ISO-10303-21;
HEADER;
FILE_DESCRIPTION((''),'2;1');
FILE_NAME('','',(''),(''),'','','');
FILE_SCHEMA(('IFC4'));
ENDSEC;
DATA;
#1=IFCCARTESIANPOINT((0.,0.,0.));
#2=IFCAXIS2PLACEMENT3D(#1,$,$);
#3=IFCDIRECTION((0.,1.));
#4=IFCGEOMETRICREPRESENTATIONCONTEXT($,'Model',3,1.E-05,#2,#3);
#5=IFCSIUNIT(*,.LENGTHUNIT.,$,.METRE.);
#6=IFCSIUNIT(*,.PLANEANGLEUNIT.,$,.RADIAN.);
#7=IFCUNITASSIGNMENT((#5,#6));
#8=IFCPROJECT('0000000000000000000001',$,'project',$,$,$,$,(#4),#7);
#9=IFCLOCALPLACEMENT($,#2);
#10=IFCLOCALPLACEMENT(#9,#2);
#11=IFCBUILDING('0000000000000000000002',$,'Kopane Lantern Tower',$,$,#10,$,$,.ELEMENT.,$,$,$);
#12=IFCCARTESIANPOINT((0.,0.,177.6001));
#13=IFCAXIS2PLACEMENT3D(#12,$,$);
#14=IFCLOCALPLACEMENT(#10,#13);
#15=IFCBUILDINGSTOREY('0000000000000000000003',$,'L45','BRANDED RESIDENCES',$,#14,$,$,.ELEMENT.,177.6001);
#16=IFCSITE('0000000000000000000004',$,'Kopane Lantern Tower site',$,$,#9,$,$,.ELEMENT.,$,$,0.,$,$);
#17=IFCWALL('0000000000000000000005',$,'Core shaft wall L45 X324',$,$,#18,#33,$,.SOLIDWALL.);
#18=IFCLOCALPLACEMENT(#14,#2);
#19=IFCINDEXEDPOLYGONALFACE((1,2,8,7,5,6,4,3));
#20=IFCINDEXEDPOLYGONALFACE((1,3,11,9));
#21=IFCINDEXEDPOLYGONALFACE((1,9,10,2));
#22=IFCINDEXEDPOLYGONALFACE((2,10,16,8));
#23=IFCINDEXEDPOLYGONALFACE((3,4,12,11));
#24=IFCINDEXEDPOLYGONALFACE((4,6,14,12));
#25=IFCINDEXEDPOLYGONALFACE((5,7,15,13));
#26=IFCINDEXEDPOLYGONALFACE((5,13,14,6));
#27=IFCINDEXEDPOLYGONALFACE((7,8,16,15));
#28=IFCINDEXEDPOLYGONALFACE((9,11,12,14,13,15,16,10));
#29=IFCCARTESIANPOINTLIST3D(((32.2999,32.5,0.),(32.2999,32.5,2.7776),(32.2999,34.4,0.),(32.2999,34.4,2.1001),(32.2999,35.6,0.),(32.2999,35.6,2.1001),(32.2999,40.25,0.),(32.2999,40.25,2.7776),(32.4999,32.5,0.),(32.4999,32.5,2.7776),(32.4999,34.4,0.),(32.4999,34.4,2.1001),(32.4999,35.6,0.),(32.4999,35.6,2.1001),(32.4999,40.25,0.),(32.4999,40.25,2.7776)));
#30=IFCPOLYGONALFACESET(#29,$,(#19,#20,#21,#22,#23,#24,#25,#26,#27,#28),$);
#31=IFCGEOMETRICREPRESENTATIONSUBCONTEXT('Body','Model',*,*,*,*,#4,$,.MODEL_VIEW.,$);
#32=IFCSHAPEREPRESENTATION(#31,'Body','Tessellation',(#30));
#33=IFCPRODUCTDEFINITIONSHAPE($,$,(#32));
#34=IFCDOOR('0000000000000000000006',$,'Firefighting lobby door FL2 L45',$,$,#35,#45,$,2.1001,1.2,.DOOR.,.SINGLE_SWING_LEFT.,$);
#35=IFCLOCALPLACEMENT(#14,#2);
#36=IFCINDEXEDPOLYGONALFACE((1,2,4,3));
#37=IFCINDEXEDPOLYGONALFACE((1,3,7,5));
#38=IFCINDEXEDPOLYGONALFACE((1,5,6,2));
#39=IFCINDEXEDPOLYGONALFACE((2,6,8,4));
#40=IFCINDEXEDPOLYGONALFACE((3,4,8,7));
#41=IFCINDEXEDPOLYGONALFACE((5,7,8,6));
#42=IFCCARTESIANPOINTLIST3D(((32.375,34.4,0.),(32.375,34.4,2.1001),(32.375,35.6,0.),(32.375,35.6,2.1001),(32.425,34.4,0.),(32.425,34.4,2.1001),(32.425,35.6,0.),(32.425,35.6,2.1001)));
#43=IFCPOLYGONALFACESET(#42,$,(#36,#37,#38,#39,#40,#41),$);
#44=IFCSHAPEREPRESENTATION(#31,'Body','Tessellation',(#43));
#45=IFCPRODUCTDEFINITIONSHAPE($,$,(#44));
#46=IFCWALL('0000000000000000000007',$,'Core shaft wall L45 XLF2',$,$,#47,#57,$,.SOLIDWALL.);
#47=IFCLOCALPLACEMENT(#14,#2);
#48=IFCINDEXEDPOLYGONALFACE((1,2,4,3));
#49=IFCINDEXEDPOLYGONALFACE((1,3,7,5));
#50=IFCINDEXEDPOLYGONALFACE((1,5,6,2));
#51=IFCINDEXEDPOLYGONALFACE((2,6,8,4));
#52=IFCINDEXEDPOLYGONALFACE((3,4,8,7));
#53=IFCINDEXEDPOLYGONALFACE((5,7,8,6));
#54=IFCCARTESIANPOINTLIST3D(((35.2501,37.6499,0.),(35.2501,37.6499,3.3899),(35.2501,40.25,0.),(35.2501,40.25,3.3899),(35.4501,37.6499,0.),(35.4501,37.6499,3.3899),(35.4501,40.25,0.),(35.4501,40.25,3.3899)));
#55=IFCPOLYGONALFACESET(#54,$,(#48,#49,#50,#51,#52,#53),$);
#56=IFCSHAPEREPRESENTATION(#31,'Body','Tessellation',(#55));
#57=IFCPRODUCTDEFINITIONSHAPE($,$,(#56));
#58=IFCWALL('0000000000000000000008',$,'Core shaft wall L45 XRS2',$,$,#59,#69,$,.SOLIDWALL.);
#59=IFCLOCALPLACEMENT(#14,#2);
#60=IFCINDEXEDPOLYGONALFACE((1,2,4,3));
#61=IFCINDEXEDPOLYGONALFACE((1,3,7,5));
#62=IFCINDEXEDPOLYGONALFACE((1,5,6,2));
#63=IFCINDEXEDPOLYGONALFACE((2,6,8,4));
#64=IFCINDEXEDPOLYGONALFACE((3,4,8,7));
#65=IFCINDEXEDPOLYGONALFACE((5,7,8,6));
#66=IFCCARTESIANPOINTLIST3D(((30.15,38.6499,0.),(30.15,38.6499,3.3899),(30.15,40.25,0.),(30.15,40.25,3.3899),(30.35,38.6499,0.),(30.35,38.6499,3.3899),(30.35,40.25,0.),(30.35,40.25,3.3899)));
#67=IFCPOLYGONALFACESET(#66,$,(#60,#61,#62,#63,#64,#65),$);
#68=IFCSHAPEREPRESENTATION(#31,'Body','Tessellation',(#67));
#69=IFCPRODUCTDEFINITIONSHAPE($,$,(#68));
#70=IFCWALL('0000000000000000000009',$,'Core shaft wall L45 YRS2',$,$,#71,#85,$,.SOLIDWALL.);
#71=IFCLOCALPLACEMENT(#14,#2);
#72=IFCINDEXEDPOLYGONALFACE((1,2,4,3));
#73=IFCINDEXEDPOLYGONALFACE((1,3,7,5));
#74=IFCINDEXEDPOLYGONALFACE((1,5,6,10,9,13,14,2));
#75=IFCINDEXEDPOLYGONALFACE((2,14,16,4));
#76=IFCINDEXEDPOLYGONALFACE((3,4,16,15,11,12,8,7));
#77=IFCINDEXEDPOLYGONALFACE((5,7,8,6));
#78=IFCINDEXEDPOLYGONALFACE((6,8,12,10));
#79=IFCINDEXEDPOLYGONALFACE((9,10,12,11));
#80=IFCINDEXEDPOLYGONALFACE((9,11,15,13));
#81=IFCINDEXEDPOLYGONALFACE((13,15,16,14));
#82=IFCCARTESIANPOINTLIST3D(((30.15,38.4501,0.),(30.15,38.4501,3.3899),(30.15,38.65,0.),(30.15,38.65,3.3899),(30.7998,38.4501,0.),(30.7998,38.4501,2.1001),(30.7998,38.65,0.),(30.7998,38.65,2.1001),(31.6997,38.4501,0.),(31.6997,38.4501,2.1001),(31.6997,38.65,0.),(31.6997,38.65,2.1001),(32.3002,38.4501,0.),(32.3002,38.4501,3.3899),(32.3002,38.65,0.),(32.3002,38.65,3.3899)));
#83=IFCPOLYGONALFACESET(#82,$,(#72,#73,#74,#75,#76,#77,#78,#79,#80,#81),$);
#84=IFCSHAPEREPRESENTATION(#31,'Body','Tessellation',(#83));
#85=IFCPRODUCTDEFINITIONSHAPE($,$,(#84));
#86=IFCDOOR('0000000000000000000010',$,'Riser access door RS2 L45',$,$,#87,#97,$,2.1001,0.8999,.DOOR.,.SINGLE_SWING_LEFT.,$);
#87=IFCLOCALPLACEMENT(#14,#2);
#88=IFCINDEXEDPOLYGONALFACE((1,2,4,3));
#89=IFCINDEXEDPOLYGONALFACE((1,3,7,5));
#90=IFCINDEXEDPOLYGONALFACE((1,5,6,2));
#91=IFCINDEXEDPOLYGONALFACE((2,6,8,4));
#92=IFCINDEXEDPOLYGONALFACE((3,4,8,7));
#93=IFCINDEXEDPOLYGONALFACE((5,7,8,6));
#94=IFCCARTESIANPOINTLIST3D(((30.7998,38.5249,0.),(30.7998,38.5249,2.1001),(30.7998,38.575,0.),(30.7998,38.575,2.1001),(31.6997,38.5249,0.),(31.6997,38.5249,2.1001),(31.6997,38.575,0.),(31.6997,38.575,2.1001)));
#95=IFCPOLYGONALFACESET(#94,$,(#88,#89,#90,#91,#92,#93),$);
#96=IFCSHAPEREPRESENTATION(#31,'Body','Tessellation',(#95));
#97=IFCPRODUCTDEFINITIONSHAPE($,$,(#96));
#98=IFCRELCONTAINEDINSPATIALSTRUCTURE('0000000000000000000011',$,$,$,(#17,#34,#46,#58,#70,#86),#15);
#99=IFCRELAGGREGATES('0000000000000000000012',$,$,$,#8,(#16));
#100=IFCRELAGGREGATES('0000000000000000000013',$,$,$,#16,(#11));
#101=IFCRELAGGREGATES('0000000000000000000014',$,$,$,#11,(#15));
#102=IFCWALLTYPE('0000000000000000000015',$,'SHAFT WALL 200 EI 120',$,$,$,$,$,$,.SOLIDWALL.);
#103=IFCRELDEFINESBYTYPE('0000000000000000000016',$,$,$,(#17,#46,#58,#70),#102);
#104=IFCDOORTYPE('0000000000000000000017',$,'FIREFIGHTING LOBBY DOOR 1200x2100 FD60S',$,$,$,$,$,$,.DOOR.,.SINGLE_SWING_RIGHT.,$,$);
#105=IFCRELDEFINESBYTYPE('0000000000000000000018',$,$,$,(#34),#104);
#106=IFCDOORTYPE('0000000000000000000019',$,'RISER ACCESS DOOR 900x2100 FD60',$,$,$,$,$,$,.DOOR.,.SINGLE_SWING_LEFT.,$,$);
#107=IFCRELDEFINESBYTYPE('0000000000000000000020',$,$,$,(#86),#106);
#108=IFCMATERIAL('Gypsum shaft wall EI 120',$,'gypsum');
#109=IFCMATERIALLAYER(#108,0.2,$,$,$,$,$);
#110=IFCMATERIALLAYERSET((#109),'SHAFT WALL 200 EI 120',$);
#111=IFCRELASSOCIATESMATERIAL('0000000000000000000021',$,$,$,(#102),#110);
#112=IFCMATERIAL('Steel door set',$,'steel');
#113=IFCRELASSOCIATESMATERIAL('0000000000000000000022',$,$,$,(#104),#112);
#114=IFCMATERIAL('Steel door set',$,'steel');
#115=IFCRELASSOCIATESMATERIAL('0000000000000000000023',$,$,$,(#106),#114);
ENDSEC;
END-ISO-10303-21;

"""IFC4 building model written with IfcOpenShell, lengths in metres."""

from ifc_helpers import new_model, si_unit, direction, frame, frame_2d, origin, place, context, subcontext, project, spatial, rectangle, extrude, material, layer, layer_set, type_object, element, fill, save


model = new_model("IFC4")

# Units and contexts
model_context = context("Model", 3, precision=1e-05, world=origin(), true_north=direction((0.0, 1.0)))
body_context = subcontext(model_context, "Body", "Model", "MODEL_VIEW")
ifc_project = project(units=[si_unit("LENGTHUNIT", "METRE"), si_unit("PLANEANGLEUNIT", "RADIAN")], contexts=[model_context])

# Site, building, storey
site_placement = place(None, origin())
site = spatial("IfcSite", under=ifc_project, at=site_placement, Name="Kopane Lantern Tower site", CompositionType="ELEMENT", RefElevation=0.0)
building_placement = place(site_placement, origin())
building = spatial("IfcBuilding", under=site, at=building_placement, Name="Kopane Lantern Tower", CompositionType="ELEMENT")
storey_placement = place(building_placement, frame((0.0, 0.0, 177.6001)))
storey = spatial("IfcBuildingStorey", under=building, at=storey_placement, Name="L45", Description="BRANDED RESIDENCES", CompositionType="ELEMENT", Elevation=177.6001)

# Shared definitions
ifc_material_1 = material(Name="Gypsum shaft wall EI 120", Category="gypsum")
ifc_layer_1 = layer(ifc_material_1, 0.2)
ifc_layer_set_1 = layer_set([ifc_layer_1], Name="SHAFT WALL 200 EI 120")
wall_type_1 = type_object("IfcWallType", Name="SHAFT WALL 200 EI 120", PredefinedType="SOLIDWALL", material=ifc_layer_set_1)

# Wall, opening, door
wall_1_placement = place(storey_placement, frame((32.3999, 32.5, 0.0), z_axis=(0.0, 0.0, 1.0), x_axis=(0.0, 1.0, 0.0)))
wall_1 = element("IfcWall", 1, at=wall_1_placement, inside=storey, type_object=wall_type_1, Name="Core shaft wall L45 X324", PredefinedType="SOLIDWALL", context=body_context, shape_type="SweptSolid", body=[
    extrude(rectangle(XDim=7.75, YDim=0.2, at=frame_2d((3.875, 0.0))), origin(), (0.0, 0.0, 1.0), 2.7776),
])
opening_1_placement = place(wall_1_placement, frame((1.8999, 0.0, 0.0)))
opening_1 = element("IfcOpeningElement", 2, at=opening_1_placement, cuts=wall_1, PredefinedType="OPENING", context=body_context, shape_type="SweptSolid", body=[
    extrude(rectangle(XDim=1.2, YDim=2.1001, at=frame_2d((0.6001, 1.05))), frame((0.0, 0.1099, 0.0), z_axis=(0.0, -1.0, 0.0), x_axis=(1.0, 0.0, 0.0)), (0.0, 0.0, 1.0), 0.22),
])
ifc_material_2 = material(Name="Steel door set", Category="steel")
door_type_1 = type_object("IfcDoorType", Name="FIREFIGHTING LOBBY DOOR 1200x2100 FD60S", OperationType="SINGLE_SWING_RIGHT", PredefinedType="DOOR", material=ifc_material_2)
door_1_placement = place(opening_1_placement, origin())
door_1 = element("IfcDoor", 3, at=door_1_placement, inside=storey, type_object=door_type_1, Name="Firefighting lobby door FL2 L45", OperationType="SINGLE_SWING_LEFT", OverallHeight=2.1001, OverallWidth=1.2, PredefinedType="DOOR", context=body_context, shape_type="SweptSolid", body=[
    extrude(rectangle(XDim=1.2, YDim=2.1001, at=frame_2d((0.6001, 1.05))), frame((0.0, 0.0249, 0.0), z_axis=(0.0, -1.0, 0.0), x_axis=(1.0, 0.0, 0.0)), (0.0, 0.0, 1.0), 0.05),
])
fill(opening_1, door_1)

# Walls
wall_2_placement = place(storey_placement, frame((35.3501, 37.6499, 0.0), z_axis=(0.0, 0.0, 1.0), x_axis=(0.0, 1.0, 0.0)))
element("IfcWall", 4, at=wall_2_placement, inside=storey, type_object=wall_type_1, Name="Core shaft wall L45 XLF2", PredefinedType="SOLIDWALL", context=body_context, shape_type="SweptSolid", body=[
    extrude(rectangle(XDim=2.6001, YDim=0.2, at=frame_2d((1.3, 0.0))), origin(), (0.0, 0.0, 1.0), 3.3899),
])
wall_3_placement = place(storey_placement, frame((30.25, 38.6499, 0.0), z_axis=(0.0, 0.0, 1.0), x_axis=(0.0, 1.0, 0.0)))
element("IfcWall", 5, at=wall_3_placement, inside=storey, type_object=wall_type_1, Name="Core shaft wall L45 XRS2", PredefinedType="SOLIDWALL", context=body_context, shape_type="SweptSolid", body=[
    extrude(rectangle(XDim=1.6001, YDim=0.2, at=frame_2d((0.8, 0.0))), origin(), (0.0, 0.0, 1.0), 3.3899),
])

# Wall, opening, door
wall_4_placement = place(storey_placement, frame((30.1499, 38.55, 0.0), z_axis=(0.0, 0.0, 1.0), x_axis=(1.0, 0.0, 0.0)))
wall_4 = element("IfcWall", 6, at=wall_4_placement, inside=storey, type_object=wall_type_1, Name="Core shaft wall L45 YRS2", PredefinedType="SOLIDWALL", context=body_context, shape_type="SweptSolid", body=[
    extrude(rectangle(XDim=2.1501, YDim=0.2, at=frame_2d((1.0752, 0.0))), origin(), (0.0, 0.0, 1.0), 3.3899),
])
opening_2_placement = place(wall_4_placement, frame((0.6499, 0.0, 0.0)))
opening_2 = element("IfcOpeningElement", 7, at=opening_2_placement, cuts=wall_4, PredefinedType="OPENING", context=body_context, shape_type="SweptSolid", body=[
    extrude(rectangle(XDim=0.8999, YDim=2.1001, at=frame_2d((0.45, 1.05))), frame((0.0, 0.1099, 0.0), z_axis=(0.0, -1.0, 0.0), x_axis=(1.0, 0.0, 0.0)), (0.0, 0.0, 1.0), 0.22),
])
ifc_material_3 = material(Name="Steel door set", Category="steel")
door_type_2 = type_object("IfcDoorType", Name="RISER ACCESS DOOR 900x2100 FD60", OperationType="SINGLE_SWING_LEFT", PredefinedType="DOOR", material=ifc_material_3)
door_2_placement = place(opening_2_placement, origin())
door_2 = element("IfcDoor", 8, at=door_2_placement, inside=storey, type_object=door_type_2, Name="Riser access door RS2 L45", OperationType="SINGLE_SWING_LEFT", OverallHeight=2.1001, OverallWidth=0.8999, PredefinedType="DOOR", context=body_context, shape_type="SweptSolid", body=[
    extrude(rectangle(XDim=0.8999, YDim=2.1001, at=frame_2d((0.45, 1.05))), frame((0.0, 0.0249, 0.0), z_axis=(0.0, -1.0, 0.0), x_axis=(1.0, 0.0, 0.0)), (0.0, 0.0, 1.0), 0.05),
])
fill(opening_2, door_2)

save(model, "model.ifc")
